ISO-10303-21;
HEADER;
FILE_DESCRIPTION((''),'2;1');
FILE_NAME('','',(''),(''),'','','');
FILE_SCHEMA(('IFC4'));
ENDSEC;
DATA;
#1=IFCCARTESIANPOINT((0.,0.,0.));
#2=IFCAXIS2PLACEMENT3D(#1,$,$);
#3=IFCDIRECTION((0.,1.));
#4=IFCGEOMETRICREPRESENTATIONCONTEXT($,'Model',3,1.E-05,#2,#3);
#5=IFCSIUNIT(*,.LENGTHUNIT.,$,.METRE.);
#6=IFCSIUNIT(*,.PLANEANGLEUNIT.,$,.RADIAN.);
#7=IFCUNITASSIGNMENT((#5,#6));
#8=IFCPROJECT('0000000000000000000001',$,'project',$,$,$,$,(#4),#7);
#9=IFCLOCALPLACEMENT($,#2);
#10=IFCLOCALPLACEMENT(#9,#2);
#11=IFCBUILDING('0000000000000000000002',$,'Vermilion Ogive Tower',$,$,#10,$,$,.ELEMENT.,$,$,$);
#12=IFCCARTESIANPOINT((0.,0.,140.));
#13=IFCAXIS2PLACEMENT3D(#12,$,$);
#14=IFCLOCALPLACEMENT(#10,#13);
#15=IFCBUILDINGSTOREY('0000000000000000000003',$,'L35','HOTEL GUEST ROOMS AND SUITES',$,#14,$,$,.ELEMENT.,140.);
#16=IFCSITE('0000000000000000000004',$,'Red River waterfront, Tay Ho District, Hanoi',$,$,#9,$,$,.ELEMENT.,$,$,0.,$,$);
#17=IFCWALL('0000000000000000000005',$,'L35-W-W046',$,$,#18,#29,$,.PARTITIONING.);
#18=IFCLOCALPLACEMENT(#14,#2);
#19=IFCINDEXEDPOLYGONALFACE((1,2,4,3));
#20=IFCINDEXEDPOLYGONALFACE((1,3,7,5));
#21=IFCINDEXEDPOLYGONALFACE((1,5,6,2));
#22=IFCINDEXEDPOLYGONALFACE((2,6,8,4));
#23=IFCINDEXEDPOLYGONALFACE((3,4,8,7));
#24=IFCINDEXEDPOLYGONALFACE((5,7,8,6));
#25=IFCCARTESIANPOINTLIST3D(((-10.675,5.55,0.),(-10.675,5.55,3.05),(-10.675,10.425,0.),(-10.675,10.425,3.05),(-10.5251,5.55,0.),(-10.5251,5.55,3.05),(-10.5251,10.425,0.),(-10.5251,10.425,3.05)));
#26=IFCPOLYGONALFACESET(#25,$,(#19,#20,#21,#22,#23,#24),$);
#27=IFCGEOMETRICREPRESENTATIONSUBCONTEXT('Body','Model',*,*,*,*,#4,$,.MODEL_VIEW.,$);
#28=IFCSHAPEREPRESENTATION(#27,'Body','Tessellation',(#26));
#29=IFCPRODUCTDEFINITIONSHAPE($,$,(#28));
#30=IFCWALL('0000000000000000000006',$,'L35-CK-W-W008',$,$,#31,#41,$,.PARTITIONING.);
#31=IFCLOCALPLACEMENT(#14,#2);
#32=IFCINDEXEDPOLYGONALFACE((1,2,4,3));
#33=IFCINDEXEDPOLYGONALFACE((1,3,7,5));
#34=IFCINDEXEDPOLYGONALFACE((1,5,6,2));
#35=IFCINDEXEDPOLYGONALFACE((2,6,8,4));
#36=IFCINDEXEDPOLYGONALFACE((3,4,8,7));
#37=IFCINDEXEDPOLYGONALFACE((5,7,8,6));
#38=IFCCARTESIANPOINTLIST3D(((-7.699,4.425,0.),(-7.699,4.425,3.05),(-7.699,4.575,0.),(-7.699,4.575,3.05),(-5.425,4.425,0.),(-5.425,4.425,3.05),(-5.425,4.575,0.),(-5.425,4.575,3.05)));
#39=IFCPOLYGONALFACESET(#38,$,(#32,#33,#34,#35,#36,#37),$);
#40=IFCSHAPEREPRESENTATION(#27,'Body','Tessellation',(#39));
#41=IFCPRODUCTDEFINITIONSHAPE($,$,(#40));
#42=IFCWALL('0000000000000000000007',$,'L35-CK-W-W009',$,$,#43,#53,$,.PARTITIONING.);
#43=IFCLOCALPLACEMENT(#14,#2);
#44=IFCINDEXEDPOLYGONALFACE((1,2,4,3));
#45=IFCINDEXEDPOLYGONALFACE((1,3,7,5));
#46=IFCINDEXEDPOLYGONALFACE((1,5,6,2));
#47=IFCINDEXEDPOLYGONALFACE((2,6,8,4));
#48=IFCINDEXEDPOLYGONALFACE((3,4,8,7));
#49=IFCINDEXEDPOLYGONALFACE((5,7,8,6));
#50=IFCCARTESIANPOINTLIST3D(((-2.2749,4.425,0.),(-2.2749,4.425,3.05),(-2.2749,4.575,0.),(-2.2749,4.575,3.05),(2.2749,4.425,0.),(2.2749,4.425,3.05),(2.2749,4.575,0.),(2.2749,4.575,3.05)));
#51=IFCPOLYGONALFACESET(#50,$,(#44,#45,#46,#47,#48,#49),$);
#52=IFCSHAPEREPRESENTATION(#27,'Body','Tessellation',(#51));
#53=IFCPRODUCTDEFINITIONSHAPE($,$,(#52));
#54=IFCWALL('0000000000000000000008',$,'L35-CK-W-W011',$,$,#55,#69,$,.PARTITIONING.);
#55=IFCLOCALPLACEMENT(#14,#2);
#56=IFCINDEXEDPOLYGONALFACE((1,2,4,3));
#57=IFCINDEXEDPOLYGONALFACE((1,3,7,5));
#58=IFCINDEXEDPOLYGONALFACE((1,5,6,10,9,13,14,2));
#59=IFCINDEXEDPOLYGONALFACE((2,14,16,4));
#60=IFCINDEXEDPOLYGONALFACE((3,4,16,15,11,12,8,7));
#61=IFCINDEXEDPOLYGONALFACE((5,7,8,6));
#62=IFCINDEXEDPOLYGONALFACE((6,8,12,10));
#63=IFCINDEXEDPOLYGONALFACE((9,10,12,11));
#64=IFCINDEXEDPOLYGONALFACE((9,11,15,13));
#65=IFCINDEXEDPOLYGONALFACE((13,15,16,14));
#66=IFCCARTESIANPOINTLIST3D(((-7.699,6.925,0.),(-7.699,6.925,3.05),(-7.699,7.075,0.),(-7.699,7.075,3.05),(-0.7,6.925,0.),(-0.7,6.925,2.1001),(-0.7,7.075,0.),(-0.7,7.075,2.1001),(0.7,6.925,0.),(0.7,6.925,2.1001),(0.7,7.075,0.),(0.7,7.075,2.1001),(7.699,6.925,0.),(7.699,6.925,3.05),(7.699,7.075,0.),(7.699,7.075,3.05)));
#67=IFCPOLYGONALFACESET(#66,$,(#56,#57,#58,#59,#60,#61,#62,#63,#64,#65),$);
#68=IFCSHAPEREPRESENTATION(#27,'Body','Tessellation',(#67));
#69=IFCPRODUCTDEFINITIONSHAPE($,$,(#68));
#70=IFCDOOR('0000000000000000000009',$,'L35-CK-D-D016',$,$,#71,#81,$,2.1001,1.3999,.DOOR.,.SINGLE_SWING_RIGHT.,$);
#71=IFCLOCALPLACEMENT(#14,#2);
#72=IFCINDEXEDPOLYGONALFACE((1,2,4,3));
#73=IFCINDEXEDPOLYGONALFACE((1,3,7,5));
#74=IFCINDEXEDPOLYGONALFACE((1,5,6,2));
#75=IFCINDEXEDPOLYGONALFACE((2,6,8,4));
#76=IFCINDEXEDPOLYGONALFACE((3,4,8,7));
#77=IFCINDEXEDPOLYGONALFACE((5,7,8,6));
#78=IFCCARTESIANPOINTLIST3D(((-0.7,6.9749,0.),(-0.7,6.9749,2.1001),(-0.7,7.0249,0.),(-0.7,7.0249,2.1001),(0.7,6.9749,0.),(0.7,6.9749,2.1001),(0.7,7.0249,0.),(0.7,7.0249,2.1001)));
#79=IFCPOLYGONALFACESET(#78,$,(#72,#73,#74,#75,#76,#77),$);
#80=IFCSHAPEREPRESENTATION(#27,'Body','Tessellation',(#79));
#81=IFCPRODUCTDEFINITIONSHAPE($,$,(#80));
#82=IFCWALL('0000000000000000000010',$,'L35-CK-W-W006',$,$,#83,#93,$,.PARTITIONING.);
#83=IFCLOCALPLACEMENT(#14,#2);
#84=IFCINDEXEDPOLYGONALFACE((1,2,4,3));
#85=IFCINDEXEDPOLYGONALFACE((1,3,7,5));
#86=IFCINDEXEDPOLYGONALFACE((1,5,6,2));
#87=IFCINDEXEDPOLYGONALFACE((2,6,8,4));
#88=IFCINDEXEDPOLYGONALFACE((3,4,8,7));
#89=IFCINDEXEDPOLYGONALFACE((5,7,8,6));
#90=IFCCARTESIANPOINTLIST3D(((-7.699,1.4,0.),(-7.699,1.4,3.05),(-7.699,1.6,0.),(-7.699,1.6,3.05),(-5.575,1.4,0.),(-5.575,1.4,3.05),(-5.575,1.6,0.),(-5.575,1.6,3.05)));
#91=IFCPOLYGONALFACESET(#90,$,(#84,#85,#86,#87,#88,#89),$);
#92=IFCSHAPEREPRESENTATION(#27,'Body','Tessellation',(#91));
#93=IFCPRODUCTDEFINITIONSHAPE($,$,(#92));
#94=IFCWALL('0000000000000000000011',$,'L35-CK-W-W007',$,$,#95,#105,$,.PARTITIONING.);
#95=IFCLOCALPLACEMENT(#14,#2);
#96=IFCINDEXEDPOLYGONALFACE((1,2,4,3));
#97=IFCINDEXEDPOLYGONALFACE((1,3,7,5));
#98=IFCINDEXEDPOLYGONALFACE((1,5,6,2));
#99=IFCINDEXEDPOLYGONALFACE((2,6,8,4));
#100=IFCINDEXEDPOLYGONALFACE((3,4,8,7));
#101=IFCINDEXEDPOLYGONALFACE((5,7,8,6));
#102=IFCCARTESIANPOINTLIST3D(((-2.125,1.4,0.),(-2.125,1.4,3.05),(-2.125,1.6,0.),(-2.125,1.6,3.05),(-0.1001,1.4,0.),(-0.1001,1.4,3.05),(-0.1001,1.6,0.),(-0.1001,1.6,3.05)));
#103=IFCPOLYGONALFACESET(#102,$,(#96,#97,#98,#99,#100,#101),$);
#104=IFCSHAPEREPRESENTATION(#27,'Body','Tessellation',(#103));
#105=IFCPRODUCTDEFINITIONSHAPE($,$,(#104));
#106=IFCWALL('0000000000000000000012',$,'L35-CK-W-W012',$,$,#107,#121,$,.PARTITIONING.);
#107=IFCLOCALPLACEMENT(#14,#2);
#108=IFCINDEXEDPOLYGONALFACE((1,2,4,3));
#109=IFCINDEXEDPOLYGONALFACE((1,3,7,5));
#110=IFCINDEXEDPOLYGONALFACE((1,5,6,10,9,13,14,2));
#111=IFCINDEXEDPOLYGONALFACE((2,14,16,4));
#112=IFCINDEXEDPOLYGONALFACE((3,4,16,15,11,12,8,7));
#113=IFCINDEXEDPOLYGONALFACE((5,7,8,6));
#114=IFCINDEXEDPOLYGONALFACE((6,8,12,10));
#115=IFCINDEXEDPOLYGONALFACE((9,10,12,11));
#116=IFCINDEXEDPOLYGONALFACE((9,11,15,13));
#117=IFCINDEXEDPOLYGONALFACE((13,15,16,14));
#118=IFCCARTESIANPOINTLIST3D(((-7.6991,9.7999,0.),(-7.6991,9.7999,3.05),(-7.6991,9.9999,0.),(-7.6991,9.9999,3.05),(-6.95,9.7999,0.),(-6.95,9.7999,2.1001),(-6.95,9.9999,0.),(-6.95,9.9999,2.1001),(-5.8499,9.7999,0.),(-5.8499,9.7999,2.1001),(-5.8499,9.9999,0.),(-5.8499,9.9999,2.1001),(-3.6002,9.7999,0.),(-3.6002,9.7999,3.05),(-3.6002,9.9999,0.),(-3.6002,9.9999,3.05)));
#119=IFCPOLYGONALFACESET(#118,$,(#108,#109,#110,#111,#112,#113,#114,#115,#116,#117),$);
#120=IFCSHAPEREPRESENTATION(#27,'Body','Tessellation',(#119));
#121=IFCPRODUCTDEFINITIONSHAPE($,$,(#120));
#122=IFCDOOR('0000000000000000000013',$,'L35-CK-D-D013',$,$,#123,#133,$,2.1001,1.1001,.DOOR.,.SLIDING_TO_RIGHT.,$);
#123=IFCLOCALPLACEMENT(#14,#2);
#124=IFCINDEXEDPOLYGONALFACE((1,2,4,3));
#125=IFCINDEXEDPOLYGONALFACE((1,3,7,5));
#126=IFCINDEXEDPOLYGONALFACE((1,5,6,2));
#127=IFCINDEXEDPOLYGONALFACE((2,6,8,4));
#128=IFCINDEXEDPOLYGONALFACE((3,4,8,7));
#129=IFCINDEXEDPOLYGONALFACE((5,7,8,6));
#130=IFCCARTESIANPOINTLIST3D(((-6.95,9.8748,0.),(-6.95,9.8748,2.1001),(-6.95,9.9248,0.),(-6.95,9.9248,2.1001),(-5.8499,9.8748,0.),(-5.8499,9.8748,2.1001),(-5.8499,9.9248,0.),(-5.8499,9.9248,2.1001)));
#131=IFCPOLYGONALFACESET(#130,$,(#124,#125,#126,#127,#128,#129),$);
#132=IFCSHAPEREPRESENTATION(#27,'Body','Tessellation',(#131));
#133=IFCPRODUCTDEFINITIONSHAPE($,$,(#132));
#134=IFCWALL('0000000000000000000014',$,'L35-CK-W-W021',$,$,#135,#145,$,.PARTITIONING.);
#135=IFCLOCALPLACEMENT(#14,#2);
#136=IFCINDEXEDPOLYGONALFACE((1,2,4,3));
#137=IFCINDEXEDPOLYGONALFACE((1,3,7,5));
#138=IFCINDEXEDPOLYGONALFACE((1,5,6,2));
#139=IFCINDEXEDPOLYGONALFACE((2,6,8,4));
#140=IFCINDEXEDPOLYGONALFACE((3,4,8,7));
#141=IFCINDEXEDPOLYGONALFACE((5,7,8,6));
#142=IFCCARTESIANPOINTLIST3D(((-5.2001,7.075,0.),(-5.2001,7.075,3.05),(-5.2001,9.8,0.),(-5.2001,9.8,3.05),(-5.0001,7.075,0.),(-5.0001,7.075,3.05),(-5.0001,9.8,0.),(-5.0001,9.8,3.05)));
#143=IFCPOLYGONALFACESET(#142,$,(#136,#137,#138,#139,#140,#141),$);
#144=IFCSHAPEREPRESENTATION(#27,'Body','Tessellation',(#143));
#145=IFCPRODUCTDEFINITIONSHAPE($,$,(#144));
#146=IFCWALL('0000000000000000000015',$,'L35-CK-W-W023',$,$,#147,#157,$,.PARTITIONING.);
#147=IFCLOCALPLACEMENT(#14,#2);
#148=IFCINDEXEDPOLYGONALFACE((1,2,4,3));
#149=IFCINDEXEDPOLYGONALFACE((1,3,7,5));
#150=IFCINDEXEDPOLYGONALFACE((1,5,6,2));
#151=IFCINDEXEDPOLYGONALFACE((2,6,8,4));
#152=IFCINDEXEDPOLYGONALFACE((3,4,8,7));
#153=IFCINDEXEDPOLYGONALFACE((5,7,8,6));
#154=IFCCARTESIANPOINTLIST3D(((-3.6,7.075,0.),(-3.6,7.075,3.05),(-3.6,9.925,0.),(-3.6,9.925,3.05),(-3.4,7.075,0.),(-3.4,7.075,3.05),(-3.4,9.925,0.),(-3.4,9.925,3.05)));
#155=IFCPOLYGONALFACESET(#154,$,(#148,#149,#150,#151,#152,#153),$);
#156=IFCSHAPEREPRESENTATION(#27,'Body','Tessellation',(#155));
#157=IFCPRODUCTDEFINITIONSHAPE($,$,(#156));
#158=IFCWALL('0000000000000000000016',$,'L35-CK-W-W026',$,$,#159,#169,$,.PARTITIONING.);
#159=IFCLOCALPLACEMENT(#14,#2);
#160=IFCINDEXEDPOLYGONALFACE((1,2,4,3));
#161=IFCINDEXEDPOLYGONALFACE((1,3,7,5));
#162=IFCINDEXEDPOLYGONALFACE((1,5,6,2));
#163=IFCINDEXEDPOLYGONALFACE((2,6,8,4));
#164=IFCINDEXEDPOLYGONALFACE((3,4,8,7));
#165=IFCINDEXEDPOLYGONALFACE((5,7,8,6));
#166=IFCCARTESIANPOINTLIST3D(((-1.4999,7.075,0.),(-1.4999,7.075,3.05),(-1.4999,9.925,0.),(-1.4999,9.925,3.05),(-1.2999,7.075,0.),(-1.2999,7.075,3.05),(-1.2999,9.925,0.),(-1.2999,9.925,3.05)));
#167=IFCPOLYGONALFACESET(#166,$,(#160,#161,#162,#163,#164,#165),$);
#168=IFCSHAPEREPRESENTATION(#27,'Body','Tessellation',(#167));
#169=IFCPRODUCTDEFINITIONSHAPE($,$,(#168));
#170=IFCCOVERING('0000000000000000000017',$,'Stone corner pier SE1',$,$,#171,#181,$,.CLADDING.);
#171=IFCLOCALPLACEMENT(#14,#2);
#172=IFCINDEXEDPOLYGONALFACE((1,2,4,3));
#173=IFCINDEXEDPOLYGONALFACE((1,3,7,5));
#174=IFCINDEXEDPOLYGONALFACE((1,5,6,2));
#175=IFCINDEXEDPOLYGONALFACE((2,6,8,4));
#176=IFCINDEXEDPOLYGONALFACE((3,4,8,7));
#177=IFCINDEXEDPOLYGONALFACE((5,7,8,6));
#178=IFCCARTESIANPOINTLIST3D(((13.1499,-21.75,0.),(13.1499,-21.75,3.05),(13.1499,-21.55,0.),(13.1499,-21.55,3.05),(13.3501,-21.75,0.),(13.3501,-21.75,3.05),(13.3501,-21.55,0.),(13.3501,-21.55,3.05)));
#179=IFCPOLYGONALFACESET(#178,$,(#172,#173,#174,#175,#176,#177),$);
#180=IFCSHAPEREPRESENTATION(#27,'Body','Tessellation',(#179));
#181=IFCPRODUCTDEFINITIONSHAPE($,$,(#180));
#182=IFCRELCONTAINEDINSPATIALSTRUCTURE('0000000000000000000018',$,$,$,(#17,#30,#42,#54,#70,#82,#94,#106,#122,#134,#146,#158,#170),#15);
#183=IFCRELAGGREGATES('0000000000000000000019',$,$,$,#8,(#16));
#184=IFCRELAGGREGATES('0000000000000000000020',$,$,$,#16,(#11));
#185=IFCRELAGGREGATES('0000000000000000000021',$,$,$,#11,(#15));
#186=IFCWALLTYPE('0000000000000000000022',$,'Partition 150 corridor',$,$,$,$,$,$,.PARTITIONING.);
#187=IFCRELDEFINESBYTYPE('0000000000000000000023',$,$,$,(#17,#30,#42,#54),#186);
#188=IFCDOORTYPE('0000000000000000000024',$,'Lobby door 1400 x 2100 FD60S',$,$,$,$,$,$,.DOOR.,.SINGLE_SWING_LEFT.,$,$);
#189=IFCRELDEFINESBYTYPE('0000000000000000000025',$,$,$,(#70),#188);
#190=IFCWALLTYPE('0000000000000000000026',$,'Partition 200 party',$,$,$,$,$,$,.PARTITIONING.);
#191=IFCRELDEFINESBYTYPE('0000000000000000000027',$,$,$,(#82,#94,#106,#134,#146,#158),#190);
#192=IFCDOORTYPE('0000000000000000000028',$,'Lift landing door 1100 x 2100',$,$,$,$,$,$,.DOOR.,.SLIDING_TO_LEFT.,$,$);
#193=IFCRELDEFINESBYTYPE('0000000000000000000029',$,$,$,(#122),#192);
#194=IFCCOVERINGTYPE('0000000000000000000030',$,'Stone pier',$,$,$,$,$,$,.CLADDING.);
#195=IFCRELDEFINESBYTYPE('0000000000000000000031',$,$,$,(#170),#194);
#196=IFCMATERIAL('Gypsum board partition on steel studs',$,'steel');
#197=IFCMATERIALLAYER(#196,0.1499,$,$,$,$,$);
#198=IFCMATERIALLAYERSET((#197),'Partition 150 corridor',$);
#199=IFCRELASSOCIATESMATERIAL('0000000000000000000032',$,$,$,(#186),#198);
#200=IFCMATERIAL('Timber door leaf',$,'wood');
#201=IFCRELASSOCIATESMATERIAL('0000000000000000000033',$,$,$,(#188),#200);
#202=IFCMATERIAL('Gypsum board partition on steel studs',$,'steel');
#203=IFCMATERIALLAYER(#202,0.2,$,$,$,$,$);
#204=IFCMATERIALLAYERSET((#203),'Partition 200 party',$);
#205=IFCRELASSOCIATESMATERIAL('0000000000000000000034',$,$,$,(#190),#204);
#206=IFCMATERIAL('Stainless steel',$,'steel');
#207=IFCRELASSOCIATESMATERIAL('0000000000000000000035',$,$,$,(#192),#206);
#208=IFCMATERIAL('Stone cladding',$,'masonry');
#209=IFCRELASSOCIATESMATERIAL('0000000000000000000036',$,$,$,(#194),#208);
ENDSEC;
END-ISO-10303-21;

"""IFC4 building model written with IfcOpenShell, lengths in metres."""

from ifc_helpers import new_model, si_unit, direction, frame, frame_2d, origin, place, context, subcontext, project, spatial, polyline, rectangle, outline, extrude, material, layer, layer_set, type_object, element, fill, save


model = new_model("IFC4")

# Units and contexts
model_context = context("Model", 3, precision=1e-05, world=origin(), true_north=direction((0.0, 1.0)))
body_context = subcontext(model_context, "Body", "Model", "MODEL_VIEW")
ifc_project = project(units=[si_unit("LENGTHUNIT", "METRE"), si_unit("PLANEANGLEUNIT", "RADIAN")], contexts=[model_context])

# Site, building, storey
site_placement = place(None, origin())
site = spatial("IfcSite", under=ifc_project, at=site_placement, Name="Red River waterfront, Tay Ho District, Hanoi", CompositionType="ELEMENT", RefElevation=0.0)
building_placement = place(site_placement, origin())
building = spatial("IfcBuilding", under=site, at=building_placement, Name="Vermilion Ogive Tower", CompositionType="ELEMENT")
storey_placement = place(building_placement, frame((0.0, 0.0, 140.0)))
storey = spatial("IfcBuildingStorey", under=building, at=storey_placement, Name="L35", Description="HOTEL GUEST ROOMS AND SUITES", CompositionType="ELEMENT", Elevation=140.0)

# Walls
ifc_material_1 = material(Name="Gypsum board partition on steel studs", Category="steel")
ifc_layer_1 = layer(ifc_material_1, 0.1499)
ifc_layer_set_1 = layer_set([ifc_layer_1], Name="Partition 150 corridor")
wall_type_1 = type_object("IfcWallType", Name="Partition 150 corridor", PredefinedType="PARTITIONING", material=ifc_layer_set_1)
wall_1_placement = place(storey_placement, frame((-10.6001, 5.55, 0.0), z_axis=(0.0, 0.0, 1.0), x_axis=(0.0, 1.0, 0.0)))
element("IfcWall", 1, at=wall_1_placement, inside=storey, type_object=wall_type_1, Name="L35-W-W046", PredefinedType="PARTITIONING", context=body_context, shape_type="SweptSolid", body=[
    extrude(rectangle(XDim=4.875, YDim=0.1499, at=frame_2d((2.4375, 0.0))), origin(), (0.0, 0.0, 1.0), 3.05),
])
wall_2_placement = place(storey_placement, frame((-7.699, 4.5, 0.0), z_axis=(0.0, 0.0, 1.0), x_axis=(1.0, 0.0, 0.0)))
element("IfcWall", 2, at=wall_2_placement, inside=storey, type_object=wall_type_1, Name="L35-CK-W-W008", PredefinedType="PARTITIONING", context=body_context, shape_type="SweptSolid", body=[
    extrude(rectangle(XDim=2.2739, YDim=0.1499, at=frame_2d((1.137, 0.0))), origin(), (0.0, 0.0, 1.0), 3.05),
])
wall_3_placement = place(storey_placement, frame((-2.2749, 4.5, 0.0), z_axis=(0.0, 0.0, 1.0), x_axis=(1.0, 0.0, 0.0)))
element("IfcWall", 3, at=wall_3_placement, inside=storey, type_object=wall_type_1, Name="L35-CK-W-W009", PredefinedType="PARTITIONING", context=body_context, shape_type="SweptSolid", body=[
    extrude(rectangle(XDim=4.5498, YDim=0.1499, at=frame_2d((2.2749, 0.0))), origin(), (0.0, 0.0, 1.0), 3.05),
])

# Wall, opening, door
wall_4_placement = place(storey_placement, frame((-7.699, 7.0, 0.0), z_axis=(0.0, 0.0, 1.0), x_axis=(1.0, 0.0, 0.0)))
wall_4 = element("IfcWall", 4, at=wall_4_placement, inside=storey, type_object=wall_type_1, Name="L35-CK-W-W011", PredefinedType="PARTITIONING", context=body_context, shape_type="SweptSolid", body=[
    extrude(rectangle(XDim=15.3979, YDim=0.1499, at=frame_2d((7.699, 0.0))), origin(), (0.0, 0.0, 1.0), 3.05),
])
opening_1_placement = place(wall_4_placement, frame((6.999, 0.0, 0.0)))
opening_1 = element("IfcOpeningElement", 5, at=opening_1_placement, cuts=wall_4, PredefinedType="OPENING", context=body_context, shape_type="SweptSolid", body=[
    extrude(rectangle(XDim=1.3999, YDim=2.1001, at=frame_2d((0.7, 1.05))), frame((0.0, 0.085, 0.0), z_axis=(0.0, -1.0, 0.0), x_axis=(1.0, 0.0, 0.0)), (0.0, 0.0, 1.0), 0.1699),
])
ifc_material_2 = material(Name="Timber door leaf", Category="wood")
door_type_1 = type_object("IfcDoorType", Name="Lobby door 1400 x 2100 FD60S", OperationType="SINGLE_SWING_LEFT", PredefinedType="DOOR", material=ifc_material_2)
door_1_placement = place(opening_1_placement, origin())
door_1 = element("IfcDoor", 6, at=door_1_placement, inside=storey, type_object=door_type_1, Name="L35-CK-D-D016", OperationType="SINGLE_SWING_RIGHT", OverallHeight=2.1001, OverallWidth=1.3999, PredefinedType="DOOR", context=body_context, shape_type="SweptSolid", body=[
    extrude(rectangle(XDim=1.3999, YDim=2.1001, at=frame_2d((0.7, 1.05))), frame((0.0, 0.0249, 0.0), z_axis=(0.0, -1.0, 0.0), x_axis=(1.0, 0.0, 0.0)), (0.0, 0.0, 1.0), 0.05),
])
fill(opening_1, door_1)

# Walls
ifc_material_3 = material(Name="Gypsum board partition on steel studs", Category="steel")
ifc_layer_2 = layer(ifc_material_3, 0.2)
ifc_layer_set_2 = layer_set([ifc_layer_2], Name="Partition 200 party")
wall_type_2 = type_object("IfcWallType", Name="Partition 200 party", PredefinedType="PARTITIONING", material=ifc_layer_set_2)
wall_5_placement = place(storey_placement, frame((-7.699, 1.5, 0.0), z_axis=(0.0, 0.0, 1.0), x_axis=(1.0, 0.0, 0.0)))
element("IfcWall", 7, at=wall_5_placement, inside=storey, type_object=wall_type_2, Name="L35-CK-W-W006", PredefinedType="PARTITIONING", context=body_context, shape_type="SweptSolid", body=[
    extrude(rectangle(XDim=2.124, YDim=0.2, at=frame_2d((1.062, 0.0))), origin(), (0.0, 0.0, 1.0), 3.05),
])
wall_6_placement = place(storey_placement, frame((-2.125, 1.5, 0.0), z_axis=(0.0, 0.0, 1.0), x_axis=(1.0, 0.0, 0.0)))
element("IfcWall", 8, at=wall_6_placement, inside=storey, type_object=wall_type_2, Name="L35-CK-W-W007", PredefinedType="PARTITIONING", context=body_context, shape_type="SweptSolid", body=[
    extrude(rectangle(XDim=2.0249, YDim=0.2, at=frame_2d((1.0125, 0.0))), origin(), (0.0, 0.0, 1.0), 3.05),
])

# Wall, opening, door
wall_7_placement = place(storey_placement, frame((-7.699, 9.8999, 0.0), z_axis=(0.0, 0.0, 1.0), x_axis=(1.0, 0.0, 0.0)))
wall_7 = element("IfcWall", 9, at=wall_7_placement, inside=storey, type_object=wall_type_2, Name="L35-CK-W-W012", PredefinedType="PARTITIONING", context=body_context, shape_type="SweptSolid", body=[
    extrude(rectangle(XDim=4.0989, YDim=0.2, at=frame_2d((2.0493, 0.0))), origin(), (0.0, 0.0, 1.0), 3.05),
])
opening_2_placement = place(wall_7_placement, frame((0.749, 0.0, 0.0)))
opening_2 = element("IfcOpeningElement", 10, at=opening_2_placement, cuts=wall_7, PredefinedType="OPENING", context=body_context, shape_type="SweptSolid", body=[
    extrude(rectangle(XDim=1.1001, YDim=2.1001, at=frame_2d((0.55, 1.05))), frame((0.0, 0.1099, 0.0), z_axis=(0.0, -1.0, 0.0), x_axis=(1.0, 0.0, 0.0)), (0.0, 0.0, 1.0), 0.22),
])
ifc_material_4 = material(Name="Stainless steel", Category="steel")
door_type_2 = type_object("IfcDoorType", Name="Lift landing door 1100 x 2100", OperationType="SLIDING_TO_LEFT", PredefinedType="DOOR", material=ifc_material_4)
door_2_placement = place(opening_2_placement, origin())
door_2 = element("IfcDoor", 11, at=door_2_placement, inside=storey, type_object=door_type_2, Name="L35-CK-D-D013", OperationType="SLIDING_TO_RIGHT", OverallHeight=2.1001, OverallWidth=1.1001, PredefinedType="DOOR", context=body_context, shape_type="SweptSolid", body=[
    extrude(rectangle(XDim=1.1001, YDim=2.1001, at=frame_2d((0.55, 1.05))), frame((0.0, 0.0249, 0.0), z_axis=(0.0, -1.0, 0.0), x_axis=(1.0, 0.0, 0.0)), (0.0, 0.0, 1.0), 0.05),
])
fill(opening_2, door_2)

# Walls
wall_8_placement = place(storey_placement, frame((-5.1001, 7.075, 0.0), z_axis=(0.0, 0.0, 1.0), x_axis=(0.0, 1.0, 0.0)))
element("IfcWall", 12, at=wall_8_placement, inside=storey, type_object=wall_type_2, Name="L35-CK-W-W021", PredefinedType="PARTITIONING", context=body_context, shape_type="SweptSolid", body=[
    extrude(rectangle(XDim=2.7251, YDim=0.2, at=frame_2d((1.3625, 0.0))), origin(), (0.0, 0.0, 1.0), 3.05),
])
for number, where, z_axis, x_axis, name in (
    (13, (-3.5, 7.075, 0.0), (0.0, 0.0, 1.0), (0.0, 1.0, 0.0), "L35-CK-W-W023"),
    (14, (-1.3999, 7.075, 0.0), (0.0, 0.0, 1.0), (0.0, 1.0, 0.0), "L35-CK-W-W026"),
):
    element("IfcWall", number, at=place(storey_placement, frame(where, z_axis=z_axis, x_axis=x_axis)), inside=storey, type_object=wall_type_2, Name=name, PredefinedType="PARTITIONING", context=body_context, shape_type="SweptSolid", body=[
        extrude(rectangle(XDim=2.8501, YDim=0.2, at=frame_2d((1.425, 0.0))), origin(), (0.0, 0.0, 1.0), 3.05),
    ])

# Covering
ifc_material_5 = material(Name="Stone cladding", Category="masonry")
covering_type = type_object("IfcCoveringType", Name="Stone pier", PredefinedType="CLADDING", material=ifc_material_5)
covering_1_placement = place(storey_placement, origin())
element("IfcCovering", 15, at=covering_1_placement, inside=storey, type_object=covering_type, Name="Stone corner pier SE1", PredefinedType="CLADDING", context=body_context, shape_type="SweptSolid", body=[
    extrude(outline(polyline([(13.1499, -21.75), (13.1499, -21.55), (13.3501, -21.55), (13.3501, -21.75), (13.1499, -21.75)])), origin(), (0.0, 0.0, 1.0), 3.05),
])

save(model, "model.ifc")
